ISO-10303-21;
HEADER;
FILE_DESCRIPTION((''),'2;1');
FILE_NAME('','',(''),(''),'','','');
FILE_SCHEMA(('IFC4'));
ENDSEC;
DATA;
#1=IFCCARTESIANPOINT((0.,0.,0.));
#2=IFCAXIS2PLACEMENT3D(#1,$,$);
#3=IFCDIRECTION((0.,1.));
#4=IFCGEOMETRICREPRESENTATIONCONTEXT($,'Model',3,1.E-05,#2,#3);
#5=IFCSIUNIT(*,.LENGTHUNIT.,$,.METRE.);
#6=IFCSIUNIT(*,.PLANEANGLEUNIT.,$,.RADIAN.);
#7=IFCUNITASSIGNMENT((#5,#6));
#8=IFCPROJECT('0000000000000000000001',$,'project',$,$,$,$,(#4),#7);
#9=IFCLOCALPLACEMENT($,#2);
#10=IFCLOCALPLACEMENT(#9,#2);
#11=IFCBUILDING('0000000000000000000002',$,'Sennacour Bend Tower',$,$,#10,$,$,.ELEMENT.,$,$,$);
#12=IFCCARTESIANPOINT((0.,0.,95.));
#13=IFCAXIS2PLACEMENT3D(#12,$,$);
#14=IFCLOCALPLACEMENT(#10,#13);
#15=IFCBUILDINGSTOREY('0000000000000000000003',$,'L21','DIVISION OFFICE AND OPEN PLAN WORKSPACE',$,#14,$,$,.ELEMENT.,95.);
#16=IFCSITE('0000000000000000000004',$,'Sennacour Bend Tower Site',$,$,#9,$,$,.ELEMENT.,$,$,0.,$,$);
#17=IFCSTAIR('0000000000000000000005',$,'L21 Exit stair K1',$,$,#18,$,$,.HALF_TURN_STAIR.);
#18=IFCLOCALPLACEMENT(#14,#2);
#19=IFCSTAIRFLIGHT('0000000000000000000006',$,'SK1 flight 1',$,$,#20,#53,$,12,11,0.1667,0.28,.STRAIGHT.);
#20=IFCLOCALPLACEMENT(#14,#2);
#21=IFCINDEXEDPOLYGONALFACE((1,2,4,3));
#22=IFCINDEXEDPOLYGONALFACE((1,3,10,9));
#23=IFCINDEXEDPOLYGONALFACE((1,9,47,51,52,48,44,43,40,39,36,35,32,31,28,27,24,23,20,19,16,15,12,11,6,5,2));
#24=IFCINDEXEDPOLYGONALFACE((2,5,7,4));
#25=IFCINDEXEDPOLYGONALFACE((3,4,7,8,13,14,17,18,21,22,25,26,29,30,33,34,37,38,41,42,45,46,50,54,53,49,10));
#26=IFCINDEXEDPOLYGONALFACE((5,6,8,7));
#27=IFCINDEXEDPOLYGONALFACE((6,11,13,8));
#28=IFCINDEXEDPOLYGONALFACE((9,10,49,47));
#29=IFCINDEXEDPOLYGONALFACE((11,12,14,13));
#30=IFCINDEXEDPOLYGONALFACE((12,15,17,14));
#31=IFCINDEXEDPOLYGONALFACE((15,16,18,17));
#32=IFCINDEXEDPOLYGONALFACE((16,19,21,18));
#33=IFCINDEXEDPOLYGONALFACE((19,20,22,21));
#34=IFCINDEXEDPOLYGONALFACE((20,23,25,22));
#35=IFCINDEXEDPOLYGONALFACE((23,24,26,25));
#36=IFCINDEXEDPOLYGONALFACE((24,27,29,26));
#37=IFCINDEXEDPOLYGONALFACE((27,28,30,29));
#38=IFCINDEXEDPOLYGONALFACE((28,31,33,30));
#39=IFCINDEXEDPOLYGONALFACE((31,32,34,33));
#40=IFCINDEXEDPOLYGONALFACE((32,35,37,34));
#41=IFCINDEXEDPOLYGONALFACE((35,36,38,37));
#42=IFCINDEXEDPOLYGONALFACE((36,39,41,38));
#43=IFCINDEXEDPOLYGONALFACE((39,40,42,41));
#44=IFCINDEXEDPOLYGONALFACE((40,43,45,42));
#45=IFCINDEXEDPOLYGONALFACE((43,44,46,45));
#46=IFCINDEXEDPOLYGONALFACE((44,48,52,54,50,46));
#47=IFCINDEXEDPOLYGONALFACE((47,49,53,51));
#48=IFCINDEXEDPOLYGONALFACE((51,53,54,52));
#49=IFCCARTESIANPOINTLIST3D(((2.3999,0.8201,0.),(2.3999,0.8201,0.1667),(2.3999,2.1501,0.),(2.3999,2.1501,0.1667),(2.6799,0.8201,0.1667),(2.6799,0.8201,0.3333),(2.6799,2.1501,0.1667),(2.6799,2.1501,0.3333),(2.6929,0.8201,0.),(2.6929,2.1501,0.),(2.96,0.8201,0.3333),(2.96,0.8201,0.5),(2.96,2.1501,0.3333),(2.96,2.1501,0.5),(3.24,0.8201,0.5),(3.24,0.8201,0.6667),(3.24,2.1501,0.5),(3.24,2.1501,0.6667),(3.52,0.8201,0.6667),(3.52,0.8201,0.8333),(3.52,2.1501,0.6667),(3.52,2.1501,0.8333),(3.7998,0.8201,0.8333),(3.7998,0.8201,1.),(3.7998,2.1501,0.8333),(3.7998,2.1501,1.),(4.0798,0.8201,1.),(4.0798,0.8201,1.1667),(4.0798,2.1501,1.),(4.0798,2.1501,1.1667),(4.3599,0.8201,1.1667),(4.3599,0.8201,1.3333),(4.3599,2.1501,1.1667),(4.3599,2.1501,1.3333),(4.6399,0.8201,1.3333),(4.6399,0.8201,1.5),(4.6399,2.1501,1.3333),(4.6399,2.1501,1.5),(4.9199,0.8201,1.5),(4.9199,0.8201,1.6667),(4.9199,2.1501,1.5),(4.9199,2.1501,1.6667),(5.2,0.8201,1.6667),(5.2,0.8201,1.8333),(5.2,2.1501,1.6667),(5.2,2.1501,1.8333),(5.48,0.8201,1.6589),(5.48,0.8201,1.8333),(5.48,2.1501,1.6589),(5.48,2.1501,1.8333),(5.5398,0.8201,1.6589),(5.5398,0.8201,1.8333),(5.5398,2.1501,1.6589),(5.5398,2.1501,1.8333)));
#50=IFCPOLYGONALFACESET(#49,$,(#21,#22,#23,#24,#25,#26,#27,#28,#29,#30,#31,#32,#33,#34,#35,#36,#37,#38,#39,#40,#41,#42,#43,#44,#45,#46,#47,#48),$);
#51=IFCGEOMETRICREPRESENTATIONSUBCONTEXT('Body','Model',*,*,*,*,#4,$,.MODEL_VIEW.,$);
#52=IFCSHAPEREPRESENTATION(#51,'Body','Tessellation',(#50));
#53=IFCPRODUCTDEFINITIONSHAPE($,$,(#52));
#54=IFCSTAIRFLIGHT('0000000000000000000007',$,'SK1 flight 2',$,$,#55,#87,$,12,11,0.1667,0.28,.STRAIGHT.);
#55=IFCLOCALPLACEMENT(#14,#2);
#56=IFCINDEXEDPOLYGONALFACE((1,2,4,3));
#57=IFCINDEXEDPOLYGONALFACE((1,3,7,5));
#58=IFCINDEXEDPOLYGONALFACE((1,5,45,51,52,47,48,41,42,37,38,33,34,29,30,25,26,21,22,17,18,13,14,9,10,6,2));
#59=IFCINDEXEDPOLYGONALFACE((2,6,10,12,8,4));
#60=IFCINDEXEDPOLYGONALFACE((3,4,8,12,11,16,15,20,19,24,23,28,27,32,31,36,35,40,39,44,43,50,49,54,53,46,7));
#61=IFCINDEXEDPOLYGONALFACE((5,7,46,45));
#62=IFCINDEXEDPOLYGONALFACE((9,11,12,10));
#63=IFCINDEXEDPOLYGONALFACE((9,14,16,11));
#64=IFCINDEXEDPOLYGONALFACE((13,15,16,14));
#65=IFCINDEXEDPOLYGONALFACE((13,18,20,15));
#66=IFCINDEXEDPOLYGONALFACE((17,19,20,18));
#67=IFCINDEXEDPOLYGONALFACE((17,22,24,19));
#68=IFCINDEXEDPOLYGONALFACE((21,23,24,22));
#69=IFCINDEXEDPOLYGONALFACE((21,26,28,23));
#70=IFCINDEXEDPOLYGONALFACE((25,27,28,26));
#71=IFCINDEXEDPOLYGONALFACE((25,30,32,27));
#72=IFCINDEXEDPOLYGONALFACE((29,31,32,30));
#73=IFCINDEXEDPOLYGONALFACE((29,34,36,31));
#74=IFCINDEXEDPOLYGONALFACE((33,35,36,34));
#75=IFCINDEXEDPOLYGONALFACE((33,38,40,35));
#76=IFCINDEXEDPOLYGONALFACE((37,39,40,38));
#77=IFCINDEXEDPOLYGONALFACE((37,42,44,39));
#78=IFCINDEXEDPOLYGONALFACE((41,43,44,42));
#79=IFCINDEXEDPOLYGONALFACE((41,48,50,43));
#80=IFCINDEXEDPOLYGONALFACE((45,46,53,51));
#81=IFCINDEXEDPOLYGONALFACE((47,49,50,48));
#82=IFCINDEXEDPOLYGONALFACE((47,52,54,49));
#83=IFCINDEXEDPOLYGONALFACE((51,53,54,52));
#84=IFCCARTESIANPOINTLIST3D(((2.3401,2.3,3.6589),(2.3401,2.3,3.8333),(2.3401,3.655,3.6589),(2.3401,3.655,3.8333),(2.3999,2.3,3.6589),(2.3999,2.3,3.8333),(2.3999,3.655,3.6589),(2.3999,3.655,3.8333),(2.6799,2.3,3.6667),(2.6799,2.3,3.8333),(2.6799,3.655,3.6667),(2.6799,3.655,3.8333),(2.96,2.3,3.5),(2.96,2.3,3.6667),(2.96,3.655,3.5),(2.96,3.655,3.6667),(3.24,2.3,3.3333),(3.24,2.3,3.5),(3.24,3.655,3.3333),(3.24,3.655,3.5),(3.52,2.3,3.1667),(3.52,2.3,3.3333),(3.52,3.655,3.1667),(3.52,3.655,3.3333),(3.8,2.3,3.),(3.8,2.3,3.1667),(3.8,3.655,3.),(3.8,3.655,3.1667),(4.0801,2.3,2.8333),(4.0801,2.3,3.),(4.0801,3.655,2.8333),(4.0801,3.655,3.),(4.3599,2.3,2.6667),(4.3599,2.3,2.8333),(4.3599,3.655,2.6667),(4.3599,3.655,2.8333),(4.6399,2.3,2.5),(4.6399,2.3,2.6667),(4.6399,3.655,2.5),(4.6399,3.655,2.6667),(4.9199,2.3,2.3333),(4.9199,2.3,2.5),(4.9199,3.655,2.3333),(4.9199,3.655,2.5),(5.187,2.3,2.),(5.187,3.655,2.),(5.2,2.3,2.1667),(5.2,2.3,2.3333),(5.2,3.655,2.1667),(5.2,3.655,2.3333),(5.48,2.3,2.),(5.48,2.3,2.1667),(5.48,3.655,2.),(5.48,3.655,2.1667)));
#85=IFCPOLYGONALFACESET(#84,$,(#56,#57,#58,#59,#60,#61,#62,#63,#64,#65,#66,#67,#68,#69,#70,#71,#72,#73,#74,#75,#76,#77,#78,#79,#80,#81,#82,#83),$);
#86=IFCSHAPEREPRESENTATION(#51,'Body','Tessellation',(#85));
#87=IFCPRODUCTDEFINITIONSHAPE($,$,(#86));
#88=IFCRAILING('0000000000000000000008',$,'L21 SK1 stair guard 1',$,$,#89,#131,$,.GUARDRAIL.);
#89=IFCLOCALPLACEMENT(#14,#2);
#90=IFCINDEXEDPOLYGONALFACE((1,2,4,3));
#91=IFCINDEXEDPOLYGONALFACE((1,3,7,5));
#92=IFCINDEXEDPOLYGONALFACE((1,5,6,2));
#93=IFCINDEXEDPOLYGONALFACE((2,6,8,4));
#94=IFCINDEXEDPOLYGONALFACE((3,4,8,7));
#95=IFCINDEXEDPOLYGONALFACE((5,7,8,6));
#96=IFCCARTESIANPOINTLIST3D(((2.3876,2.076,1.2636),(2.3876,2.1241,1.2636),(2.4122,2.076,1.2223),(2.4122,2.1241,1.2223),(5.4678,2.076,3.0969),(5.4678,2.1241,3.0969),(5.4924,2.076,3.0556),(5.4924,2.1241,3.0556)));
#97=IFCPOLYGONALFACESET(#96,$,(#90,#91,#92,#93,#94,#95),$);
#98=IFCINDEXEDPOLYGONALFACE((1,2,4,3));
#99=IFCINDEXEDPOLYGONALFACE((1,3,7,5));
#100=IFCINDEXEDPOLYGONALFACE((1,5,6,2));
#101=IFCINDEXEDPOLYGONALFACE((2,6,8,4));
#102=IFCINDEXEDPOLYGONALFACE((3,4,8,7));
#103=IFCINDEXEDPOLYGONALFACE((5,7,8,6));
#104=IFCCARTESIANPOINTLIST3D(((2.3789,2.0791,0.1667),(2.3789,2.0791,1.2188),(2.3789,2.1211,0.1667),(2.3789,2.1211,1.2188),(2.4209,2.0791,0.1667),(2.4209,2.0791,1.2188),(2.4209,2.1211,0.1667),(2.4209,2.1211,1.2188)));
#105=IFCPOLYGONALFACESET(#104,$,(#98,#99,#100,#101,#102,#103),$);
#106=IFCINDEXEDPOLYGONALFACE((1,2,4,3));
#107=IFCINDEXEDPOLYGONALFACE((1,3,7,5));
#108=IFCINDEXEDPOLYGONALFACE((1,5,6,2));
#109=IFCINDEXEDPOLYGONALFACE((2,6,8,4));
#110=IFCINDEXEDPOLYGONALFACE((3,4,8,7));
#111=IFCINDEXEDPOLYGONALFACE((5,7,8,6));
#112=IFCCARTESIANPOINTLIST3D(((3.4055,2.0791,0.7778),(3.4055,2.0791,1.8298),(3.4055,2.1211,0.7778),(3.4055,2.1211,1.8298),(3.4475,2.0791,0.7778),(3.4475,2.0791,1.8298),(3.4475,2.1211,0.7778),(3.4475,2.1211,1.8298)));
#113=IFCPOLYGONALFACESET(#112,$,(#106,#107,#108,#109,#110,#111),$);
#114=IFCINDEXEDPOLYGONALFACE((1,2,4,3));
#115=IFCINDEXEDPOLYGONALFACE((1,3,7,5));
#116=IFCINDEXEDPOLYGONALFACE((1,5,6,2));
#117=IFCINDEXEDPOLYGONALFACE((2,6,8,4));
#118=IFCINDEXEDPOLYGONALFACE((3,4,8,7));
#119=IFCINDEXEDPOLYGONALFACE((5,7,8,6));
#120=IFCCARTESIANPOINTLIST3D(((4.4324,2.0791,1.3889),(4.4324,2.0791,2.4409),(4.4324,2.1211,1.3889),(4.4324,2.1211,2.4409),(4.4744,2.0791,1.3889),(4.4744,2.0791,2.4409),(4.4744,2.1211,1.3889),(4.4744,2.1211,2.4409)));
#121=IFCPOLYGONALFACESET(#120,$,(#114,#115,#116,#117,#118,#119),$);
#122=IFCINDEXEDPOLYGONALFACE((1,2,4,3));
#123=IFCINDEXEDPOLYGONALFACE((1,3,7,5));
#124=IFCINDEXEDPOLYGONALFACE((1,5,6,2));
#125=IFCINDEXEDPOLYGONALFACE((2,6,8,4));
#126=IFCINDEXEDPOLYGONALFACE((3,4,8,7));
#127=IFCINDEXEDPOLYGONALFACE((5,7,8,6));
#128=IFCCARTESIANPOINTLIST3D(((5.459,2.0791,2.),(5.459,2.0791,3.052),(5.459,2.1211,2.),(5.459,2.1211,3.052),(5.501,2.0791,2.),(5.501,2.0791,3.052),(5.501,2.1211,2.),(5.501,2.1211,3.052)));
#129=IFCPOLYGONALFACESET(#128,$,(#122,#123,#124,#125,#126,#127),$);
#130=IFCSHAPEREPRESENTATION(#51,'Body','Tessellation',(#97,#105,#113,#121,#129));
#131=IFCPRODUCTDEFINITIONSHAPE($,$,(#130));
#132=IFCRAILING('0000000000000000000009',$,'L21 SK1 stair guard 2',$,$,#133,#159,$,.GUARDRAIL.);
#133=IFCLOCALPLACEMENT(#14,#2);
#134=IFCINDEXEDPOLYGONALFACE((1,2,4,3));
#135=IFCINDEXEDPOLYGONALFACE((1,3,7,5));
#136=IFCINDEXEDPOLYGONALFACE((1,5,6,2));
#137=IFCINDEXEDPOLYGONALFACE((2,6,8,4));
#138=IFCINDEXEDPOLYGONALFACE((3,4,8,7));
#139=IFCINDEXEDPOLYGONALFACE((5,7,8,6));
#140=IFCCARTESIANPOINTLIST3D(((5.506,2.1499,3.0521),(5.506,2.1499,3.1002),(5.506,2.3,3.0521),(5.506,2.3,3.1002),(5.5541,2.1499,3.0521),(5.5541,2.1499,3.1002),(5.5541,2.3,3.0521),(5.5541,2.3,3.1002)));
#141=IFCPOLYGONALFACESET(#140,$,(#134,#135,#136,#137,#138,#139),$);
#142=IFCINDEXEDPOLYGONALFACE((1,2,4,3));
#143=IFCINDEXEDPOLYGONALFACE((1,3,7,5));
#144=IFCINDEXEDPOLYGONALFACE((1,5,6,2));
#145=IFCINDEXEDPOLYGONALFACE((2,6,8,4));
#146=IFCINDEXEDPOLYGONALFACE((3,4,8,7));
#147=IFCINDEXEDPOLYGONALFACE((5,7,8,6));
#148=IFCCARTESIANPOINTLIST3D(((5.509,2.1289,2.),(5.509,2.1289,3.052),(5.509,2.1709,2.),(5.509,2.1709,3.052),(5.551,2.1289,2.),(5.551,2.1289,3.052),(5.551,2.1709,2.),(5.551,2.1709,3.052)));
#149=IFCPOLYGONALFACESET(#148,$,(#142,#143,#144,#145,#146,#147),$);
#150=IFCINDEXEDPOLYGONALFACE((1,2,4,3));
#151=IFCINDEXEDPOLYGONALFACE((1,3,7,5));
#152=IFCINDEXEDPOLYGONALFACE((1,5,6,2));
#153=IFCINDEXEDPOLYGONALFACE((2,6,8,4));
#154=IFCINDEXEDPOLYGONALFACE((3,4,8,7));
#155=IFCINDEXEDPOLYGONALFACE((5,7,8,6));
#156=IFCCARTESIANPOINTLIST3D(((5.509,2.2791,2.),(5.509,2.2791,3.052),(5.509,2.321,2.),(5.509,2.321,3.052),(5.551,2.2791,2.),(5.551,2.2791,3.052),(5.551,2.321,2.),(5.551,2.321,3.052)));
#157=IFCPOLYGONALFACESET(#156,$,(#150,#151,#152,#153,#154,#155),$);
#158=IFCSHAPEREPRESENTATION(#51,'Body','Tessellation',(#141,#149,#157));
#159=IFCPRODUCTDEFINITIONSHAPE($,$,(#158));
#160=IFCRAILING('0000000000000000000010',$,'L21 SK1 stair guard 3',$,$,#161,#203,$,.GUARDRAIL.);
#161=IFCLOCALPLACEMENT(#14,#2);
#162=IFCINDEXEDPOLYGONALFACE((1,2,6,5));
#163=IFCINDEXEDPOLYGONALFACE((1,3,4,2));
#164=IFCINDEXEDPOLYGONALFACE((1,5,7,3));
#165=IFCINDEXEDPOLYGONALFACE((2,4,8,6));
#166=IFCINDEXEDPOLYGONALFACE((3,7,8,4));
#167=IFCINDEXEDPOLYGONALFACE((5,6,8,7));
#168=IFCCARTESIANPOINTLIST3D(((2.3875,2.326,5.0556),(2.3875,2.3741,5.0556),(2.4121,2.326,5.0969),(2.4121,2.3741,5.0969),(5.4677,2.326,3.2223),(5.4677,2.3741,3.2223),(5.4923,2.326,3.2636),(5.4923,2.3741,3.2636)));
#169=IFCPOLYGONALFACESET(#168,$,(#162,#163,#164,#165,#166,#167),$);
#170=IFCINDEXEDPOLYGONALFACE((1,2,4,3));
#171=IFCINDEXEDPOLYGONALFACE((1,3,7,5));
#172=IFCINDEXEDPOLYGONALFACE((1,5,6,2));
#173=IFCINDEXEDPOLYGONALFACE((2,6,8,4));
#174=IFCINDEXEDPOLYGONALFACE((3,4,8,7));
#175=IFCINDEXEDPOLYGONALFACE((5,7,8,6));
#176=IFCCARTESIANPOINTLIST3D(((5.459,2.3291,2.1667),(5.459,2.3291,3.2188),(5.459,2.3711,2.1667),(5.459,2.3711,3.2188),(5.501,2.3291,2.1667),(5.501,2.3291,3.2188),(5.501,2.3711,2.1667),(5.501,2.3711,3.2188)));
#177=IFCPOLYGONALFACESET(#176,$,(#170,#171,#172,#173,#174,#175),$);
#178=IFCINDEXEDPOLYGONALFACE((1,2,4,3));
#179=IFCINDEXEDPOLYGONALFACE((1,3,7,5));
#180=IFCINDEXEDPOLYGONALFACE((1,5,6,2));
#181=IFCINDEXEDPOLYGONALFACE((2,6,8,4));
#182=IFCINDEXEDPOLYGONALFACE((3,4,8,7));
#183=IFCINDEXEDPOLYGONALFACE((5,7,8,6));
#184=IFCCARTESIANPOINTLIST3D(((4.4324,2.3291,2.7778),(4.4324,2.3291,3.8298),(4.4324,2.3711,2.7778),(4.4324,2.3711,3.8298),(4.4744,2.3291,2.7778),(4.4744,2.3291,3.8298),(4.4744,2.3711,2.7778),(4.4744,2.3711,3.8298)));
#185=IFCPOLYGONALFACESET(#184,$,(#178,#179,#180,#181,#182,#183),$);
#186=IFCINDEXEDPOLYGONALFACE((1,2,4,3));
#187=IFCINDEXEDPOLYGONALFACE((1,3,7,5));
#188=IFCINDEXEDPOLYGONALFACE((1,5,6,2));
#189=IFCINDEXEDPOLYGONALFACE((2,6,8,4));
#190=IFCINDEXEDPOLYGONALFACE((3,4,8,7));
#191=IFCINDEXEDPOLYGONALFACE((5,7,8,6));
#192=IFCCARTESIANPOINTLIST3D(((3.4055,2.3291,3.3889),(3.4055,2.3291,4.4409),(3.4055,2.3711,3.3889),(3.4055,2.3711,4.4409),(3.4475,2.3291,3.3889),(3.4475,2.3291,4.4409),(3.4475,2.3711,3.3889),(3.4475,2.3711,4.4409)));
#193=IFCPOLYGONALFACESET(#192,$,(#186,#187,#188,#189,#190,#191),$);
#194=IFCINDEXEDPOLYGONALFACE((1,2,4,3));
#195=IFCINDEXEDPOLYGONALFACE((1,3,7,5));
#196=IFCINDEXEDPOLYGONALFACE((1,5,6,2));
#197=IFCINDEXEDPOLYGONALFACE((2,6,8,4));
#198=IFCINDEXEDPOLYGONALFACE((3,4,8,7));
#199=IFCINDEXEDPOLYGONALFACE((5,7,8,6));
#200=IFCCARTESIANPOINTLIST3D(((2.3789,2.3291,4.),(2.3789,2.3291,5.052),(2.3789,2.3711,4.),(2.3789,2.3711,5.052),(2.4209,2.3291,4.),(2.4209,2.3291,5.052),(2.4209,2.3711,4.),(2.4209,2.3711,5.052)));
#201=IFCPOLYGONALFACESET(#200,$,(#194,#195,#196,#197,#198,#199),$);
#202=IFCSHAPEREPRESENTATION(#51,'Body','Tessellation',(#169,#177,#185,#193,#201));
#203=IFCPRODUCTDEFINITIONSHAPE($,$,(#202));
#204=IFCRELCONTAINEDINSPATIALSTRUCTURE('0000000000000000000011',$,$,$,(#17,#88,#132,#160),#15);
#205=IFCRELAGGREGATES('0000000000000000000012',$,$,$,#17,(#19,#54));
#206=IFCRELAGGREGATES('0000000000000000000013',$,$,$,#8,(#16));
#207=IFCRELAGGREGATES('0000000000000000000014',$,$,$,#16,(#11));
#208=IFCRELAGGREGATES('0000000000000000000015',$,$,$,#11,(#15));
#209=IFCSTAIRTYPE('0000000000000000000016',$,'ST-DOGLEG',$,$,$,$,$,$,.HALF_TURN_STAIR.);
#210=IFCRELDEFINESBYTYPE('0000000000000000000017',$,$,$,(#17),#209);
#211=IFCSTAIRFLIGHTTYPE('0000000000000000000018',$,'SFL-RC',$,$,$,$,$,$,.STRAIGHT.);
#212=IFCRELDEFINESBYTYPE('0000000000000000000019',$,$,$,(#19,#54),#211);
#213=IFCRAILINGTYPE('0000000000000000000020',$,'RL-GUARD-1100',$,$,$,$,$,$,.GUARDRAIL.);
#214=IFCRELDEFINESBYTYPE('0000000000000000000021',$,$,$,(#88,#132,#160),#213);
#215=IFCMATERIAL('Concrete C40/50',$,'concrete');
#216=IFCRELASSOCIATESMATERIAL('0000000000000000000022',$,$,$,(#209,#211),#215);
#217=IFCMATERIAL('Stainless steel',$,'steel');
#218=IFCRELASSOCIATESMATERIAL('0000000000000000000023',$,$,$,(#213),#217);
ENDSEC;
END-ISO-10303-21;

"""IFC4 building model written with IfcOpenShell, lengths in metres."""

from ifc_helpers import new_model, si_unit, direction, frame, origin, origin_2d, place, context, subcontext, project, spatial, polyline, rectangle, outline, extrude, material, type_object, element, aggregate, save


model = new_model("IFC4")

# Units and contexts
model_context = context("Model", 3, precision=1e-05, world=origin(), true_north=direction((0.0, 1.0)))
body_context = subcontext(model_context, "Body", "Model", "MODEL_VIEW")
ifc_project = project(units=[si_unit("LENGTHUNIT", "METRE"), si_unit("PLANEANGLEUNIT", "RADIAN")], contexts=[model_context])

# Site, building, storey
site_placement = place(None, origin())
site = spatial("IfcSite", under=ifc_project, at=site_placement, Name="Sennacour Bend Tower Site", CompositionType="ELEMENT", RefElevation=0.0)
building_placement = place(site_placement, origin())
building = spatial("IfcBuilding", under=site, at=building_placement, Name="Sennacour Bend Tower", CompositionType="ELEMENT")
storey_placement = place(building_placement, frame((0.0, 0.0, 95.0)))
storey = spatial("IfcBuildingStorey", under=building, at=storey_placement, Name="L21", Description="DIVISION OFFICE AND OPEN PLAN WORKSPACE", CompositionType="ELEMENT", Elevation=95.0)

# Stair, stair flights
ifc_material_1 = material(Name="Concrete C40/50", Category="concrete")
stair_type = type_object("IfcStairType", Name="ST-DOGLEG", PredefinedType="HALF_TURN_STAIR", material=ifc_material_1)
stair_placement = place(storey_placement, origin())
stair = element("IfcStair", 1, at=stair_placement, inside=storey, type_object=stair_type, Name="L21 Exit stair K1", PredefinedType="HALF_TURN_STAIR")
stair_flight_type = type_object("IfcStairFlightType", Name="SFL-RC", PredefinedType="STRAIGHT", material=ifc_material_1)
stair_flight_1_placement = place(storey_placement, frame((2.3999, 1.4851, 0.0), z_axis=(0.0, 0.0, 1.0), x_axis=(1.0, 0.0, 0.0)))
stair_flight_1 = element("IfcStairFlight", 2, at=stair_flight_1_placement, type_object=stair_flight_type, Name="SK1 flight 1", NumberOfRisers=12, NumberOfTreads=11, PredefinedType="STRAIGHT", RiserHeight=0.1667, TreadLength=0.28, context=body_context, shape_type="SweptSolid", body=[
    extrude(outline(polyline([(0.0, 0.0), (0.0, 0.1667), (0.28, 0.1667), (0.28, 0.3333), (0.5601, 0.3333), (0.5601, 0.5), (0.8401, 0.5), (0.8401, 0.6667), (1.1201, 0.6667), (1.1201, 0.8333), (1.3999, 0.8333), (1.3999, 1.0), (1.6799, 1.0), (1.6799, 1.1667), (1.96, 1.1667), (1.96, 1.3333), (2.24, 1.3333), (2.24, 1.5), (2.52, 1.5), (2.52, 1.6667), (2.8, 1.6667), (2.8, 1.8333), (3.0801, 1.8333), (3.1399, 1.8333), (3.1399, 1.6589), (3.0801, 1.6589), (0.293, 0.0), (0.0, 0.0)])), frame((0.0, 0.665, 0.0), z_axis=(0.0, -1.0, 0.0), x_axis=(1.0, 0.0, 0.0)), (0.0, 0.0, 1.0), 1.3301),
])
stair_flight_2_placement = place(storey_placement, frame((5.48, 2.9775, 2.0), z_axis=(0.0, 0.0, 1.0), x_axis=(-1.0, 0.0, 0.0)))
stair_flight_2 = element("IfcStairFlight", 3, at=stair_flight_2_placement, type_object=stair_flight_type, Name="SK1 flight 2", NumberOfRisers=12, NumberOfTreads=11, PredefinedType="STRAIGHT", RiserHeight=0.1667, TreadLength=0.28, context=body_context, shape_type="SweptSolid", body=[
    extrude(outline(polyline([(0.0, 0.0), (0.0, 0.1667), (0.28, 0.1667), (0.28, 0.3333), (0.5601, 0.3333), (0.5601, 0.5), (0.8401, 0.5), (0.8401, 0.6667), (1.1201, 0.6667), (1.1201, 0.8333), (1.3999, 0.8333), (1.3999, 1.0), (1.6799, 1.0), (1.6799, 1.1667), (1.96, 1.1667), (1.96, 1.3333), (2.24, 1.3333), (2.24, 1.5), (2.52, 1.5), (2.52, 1.6667), (2.8, 1.6667), (2.8, 1.8333), (3.0801, 1.8333), (3.1399, 1.8333), (3.1399, 1.6589), (3.0801, 1.6589), (0.293, 0.0), (0.0, 0.0)])), frame((0.0, 0.6775, 0.0), z_axis=(0.0, -1.0, 0.0), x_axis=(1.0, 0.0, 0.0)), (0.0, 0.0, 1.0), 1.355),
])
aggregate(stair, [stair_flight_1, stair_flight_2])

# Railings
ifc_material_2 = material(Name="Stainless steel", Category="steel")
railing_type_1 = type_object("IfcRailingType", Name="RL-GUARD-1100", PredefinedType="GUARDRAIL", material=ifc_material_2)
railing_1_placement = place(storey_placement, frame((2.3999, 2.1001, 0.1667)))
element("IfcRailing", 4, at=railing_1_placement, inside=storey, type_object=railing_type_1, Name="L21 SK1 stair guard 1", PredefinedType="GUARDRAIL", context=body_context, shape_type="SweptSolid", body=[
    extrude(rectangle(XDim=0.0481, YDim=0.0481, at=origin_2d()), frame((0.0, 0.0, 1.0762), z_axis=(0.859309, 0.0, 0.511458), x_axis=(0.0, 1.0, 0.0)), (0.0, 0.0, 1.0), 3.5845),
    extrude(rectangle(XDim=0.042, YDim=0.042, at=origin_2d()), origin(), (0.0, 0.0, 1.0), 1.052),
    extrude(rectangle(XDim=0.042, YDim=0.042, at=origin_2d()), frame((1.0266, 0.0, 0.6111)), (0.0, 0.0, 1.0), 1.052),
    extrude(rectangle(XDim=0.042, YDim=0.042, at=origin_2d()), frame((2.0535, 0.0, 1.2222)), (0.0, 0.0, 1.0), 1.052),
    extrude(rectangle(XDim=0.042, YDim=0.042, at=origin_2d()), frame((3.0801, 0.0, 1.8333)), (0.0, 0.0, 1.0), 1.052),
])
railing_2_placement = place(storey_placement, frame((5.53, 2.1499, 2.0)))
element("IfcRailing", 5, at=railing_2_placement, inside=storey, type_object=railing_type_1, Name="L21 SK1 stair guard 2", PredefinedType="GUARDRAIL", context=body_context, shape_type="SweptSolid", body=[
    extrude(rectangle(XDim=0.0481, YDim=0.0481, at=origin_2d()), frame((0.0, 0.0, 1.0762), z_axis=(0.0, 1.0, 0.0), x_axis=(-1.0, 0.0, 0.0)), (0.0, 0.0, 1.0), 0.1501),
    extrude(rectangle(XDim=0.042, YDim=0.042, at=origin_2d()), origin(), (0.0, 0.0, 1.0), 1.052),
    extrude(rectangle(XDim=0.042, YDim=0.042, at=origin_2d()), frame((0.0, 0.1501, 0.0)), (0.0, 0.0, 1.0), 1.052),
])
railing_3_placement = place(storey_placement, frame((5.48, 2.3501, 2.1667)))
element("IfcRailing", 6, at=railing_3_placement, inside=storey, type_object=railing_type_1, Name="L21 SK1 stair guard 3", PredefinedType="GUARDRAIL", context=body_context, shape_type="SweptSolid", body=[
    extrude(rectangle(XDim=0.0481, YDim=0.0481, at=origin_2d()), frame((0.0, 0.0, 1.0762), z_axis=(-0.859309, 0.0, 0.511458), x_axis=(0.0, -1.0, 0.0)), (0.0, 0.0, 1.0), 3.5845),
    extrude(rectangle(XDim=0.042, YDim=0.042, at=origin_2d()), origin(), (0.0, 0.0, 1.0), 1.052),
    extrude(rectangle(XDim=0.042, YDim=0.042, at=origin_2d()), frame((-1.0266, 0.0, 0.6111)), (0.0, 0.0, 1.0), 1.052),
    extrude(rectangle(XDim=0.042, YDim=0.042, at=origin_2d()), frame((-2.0535, 0.0, 1.2222)), (0.0, 0.0, 1.0), 1.052),
    extrude(rectangle(XDim=0.042, YDim=0.042, at=origin_2d()), frame((-3.0801, 0.0, 1.8333)), (0.0, 0.0, 1.0), 1.052),
])

save(model, "model.ifc")
